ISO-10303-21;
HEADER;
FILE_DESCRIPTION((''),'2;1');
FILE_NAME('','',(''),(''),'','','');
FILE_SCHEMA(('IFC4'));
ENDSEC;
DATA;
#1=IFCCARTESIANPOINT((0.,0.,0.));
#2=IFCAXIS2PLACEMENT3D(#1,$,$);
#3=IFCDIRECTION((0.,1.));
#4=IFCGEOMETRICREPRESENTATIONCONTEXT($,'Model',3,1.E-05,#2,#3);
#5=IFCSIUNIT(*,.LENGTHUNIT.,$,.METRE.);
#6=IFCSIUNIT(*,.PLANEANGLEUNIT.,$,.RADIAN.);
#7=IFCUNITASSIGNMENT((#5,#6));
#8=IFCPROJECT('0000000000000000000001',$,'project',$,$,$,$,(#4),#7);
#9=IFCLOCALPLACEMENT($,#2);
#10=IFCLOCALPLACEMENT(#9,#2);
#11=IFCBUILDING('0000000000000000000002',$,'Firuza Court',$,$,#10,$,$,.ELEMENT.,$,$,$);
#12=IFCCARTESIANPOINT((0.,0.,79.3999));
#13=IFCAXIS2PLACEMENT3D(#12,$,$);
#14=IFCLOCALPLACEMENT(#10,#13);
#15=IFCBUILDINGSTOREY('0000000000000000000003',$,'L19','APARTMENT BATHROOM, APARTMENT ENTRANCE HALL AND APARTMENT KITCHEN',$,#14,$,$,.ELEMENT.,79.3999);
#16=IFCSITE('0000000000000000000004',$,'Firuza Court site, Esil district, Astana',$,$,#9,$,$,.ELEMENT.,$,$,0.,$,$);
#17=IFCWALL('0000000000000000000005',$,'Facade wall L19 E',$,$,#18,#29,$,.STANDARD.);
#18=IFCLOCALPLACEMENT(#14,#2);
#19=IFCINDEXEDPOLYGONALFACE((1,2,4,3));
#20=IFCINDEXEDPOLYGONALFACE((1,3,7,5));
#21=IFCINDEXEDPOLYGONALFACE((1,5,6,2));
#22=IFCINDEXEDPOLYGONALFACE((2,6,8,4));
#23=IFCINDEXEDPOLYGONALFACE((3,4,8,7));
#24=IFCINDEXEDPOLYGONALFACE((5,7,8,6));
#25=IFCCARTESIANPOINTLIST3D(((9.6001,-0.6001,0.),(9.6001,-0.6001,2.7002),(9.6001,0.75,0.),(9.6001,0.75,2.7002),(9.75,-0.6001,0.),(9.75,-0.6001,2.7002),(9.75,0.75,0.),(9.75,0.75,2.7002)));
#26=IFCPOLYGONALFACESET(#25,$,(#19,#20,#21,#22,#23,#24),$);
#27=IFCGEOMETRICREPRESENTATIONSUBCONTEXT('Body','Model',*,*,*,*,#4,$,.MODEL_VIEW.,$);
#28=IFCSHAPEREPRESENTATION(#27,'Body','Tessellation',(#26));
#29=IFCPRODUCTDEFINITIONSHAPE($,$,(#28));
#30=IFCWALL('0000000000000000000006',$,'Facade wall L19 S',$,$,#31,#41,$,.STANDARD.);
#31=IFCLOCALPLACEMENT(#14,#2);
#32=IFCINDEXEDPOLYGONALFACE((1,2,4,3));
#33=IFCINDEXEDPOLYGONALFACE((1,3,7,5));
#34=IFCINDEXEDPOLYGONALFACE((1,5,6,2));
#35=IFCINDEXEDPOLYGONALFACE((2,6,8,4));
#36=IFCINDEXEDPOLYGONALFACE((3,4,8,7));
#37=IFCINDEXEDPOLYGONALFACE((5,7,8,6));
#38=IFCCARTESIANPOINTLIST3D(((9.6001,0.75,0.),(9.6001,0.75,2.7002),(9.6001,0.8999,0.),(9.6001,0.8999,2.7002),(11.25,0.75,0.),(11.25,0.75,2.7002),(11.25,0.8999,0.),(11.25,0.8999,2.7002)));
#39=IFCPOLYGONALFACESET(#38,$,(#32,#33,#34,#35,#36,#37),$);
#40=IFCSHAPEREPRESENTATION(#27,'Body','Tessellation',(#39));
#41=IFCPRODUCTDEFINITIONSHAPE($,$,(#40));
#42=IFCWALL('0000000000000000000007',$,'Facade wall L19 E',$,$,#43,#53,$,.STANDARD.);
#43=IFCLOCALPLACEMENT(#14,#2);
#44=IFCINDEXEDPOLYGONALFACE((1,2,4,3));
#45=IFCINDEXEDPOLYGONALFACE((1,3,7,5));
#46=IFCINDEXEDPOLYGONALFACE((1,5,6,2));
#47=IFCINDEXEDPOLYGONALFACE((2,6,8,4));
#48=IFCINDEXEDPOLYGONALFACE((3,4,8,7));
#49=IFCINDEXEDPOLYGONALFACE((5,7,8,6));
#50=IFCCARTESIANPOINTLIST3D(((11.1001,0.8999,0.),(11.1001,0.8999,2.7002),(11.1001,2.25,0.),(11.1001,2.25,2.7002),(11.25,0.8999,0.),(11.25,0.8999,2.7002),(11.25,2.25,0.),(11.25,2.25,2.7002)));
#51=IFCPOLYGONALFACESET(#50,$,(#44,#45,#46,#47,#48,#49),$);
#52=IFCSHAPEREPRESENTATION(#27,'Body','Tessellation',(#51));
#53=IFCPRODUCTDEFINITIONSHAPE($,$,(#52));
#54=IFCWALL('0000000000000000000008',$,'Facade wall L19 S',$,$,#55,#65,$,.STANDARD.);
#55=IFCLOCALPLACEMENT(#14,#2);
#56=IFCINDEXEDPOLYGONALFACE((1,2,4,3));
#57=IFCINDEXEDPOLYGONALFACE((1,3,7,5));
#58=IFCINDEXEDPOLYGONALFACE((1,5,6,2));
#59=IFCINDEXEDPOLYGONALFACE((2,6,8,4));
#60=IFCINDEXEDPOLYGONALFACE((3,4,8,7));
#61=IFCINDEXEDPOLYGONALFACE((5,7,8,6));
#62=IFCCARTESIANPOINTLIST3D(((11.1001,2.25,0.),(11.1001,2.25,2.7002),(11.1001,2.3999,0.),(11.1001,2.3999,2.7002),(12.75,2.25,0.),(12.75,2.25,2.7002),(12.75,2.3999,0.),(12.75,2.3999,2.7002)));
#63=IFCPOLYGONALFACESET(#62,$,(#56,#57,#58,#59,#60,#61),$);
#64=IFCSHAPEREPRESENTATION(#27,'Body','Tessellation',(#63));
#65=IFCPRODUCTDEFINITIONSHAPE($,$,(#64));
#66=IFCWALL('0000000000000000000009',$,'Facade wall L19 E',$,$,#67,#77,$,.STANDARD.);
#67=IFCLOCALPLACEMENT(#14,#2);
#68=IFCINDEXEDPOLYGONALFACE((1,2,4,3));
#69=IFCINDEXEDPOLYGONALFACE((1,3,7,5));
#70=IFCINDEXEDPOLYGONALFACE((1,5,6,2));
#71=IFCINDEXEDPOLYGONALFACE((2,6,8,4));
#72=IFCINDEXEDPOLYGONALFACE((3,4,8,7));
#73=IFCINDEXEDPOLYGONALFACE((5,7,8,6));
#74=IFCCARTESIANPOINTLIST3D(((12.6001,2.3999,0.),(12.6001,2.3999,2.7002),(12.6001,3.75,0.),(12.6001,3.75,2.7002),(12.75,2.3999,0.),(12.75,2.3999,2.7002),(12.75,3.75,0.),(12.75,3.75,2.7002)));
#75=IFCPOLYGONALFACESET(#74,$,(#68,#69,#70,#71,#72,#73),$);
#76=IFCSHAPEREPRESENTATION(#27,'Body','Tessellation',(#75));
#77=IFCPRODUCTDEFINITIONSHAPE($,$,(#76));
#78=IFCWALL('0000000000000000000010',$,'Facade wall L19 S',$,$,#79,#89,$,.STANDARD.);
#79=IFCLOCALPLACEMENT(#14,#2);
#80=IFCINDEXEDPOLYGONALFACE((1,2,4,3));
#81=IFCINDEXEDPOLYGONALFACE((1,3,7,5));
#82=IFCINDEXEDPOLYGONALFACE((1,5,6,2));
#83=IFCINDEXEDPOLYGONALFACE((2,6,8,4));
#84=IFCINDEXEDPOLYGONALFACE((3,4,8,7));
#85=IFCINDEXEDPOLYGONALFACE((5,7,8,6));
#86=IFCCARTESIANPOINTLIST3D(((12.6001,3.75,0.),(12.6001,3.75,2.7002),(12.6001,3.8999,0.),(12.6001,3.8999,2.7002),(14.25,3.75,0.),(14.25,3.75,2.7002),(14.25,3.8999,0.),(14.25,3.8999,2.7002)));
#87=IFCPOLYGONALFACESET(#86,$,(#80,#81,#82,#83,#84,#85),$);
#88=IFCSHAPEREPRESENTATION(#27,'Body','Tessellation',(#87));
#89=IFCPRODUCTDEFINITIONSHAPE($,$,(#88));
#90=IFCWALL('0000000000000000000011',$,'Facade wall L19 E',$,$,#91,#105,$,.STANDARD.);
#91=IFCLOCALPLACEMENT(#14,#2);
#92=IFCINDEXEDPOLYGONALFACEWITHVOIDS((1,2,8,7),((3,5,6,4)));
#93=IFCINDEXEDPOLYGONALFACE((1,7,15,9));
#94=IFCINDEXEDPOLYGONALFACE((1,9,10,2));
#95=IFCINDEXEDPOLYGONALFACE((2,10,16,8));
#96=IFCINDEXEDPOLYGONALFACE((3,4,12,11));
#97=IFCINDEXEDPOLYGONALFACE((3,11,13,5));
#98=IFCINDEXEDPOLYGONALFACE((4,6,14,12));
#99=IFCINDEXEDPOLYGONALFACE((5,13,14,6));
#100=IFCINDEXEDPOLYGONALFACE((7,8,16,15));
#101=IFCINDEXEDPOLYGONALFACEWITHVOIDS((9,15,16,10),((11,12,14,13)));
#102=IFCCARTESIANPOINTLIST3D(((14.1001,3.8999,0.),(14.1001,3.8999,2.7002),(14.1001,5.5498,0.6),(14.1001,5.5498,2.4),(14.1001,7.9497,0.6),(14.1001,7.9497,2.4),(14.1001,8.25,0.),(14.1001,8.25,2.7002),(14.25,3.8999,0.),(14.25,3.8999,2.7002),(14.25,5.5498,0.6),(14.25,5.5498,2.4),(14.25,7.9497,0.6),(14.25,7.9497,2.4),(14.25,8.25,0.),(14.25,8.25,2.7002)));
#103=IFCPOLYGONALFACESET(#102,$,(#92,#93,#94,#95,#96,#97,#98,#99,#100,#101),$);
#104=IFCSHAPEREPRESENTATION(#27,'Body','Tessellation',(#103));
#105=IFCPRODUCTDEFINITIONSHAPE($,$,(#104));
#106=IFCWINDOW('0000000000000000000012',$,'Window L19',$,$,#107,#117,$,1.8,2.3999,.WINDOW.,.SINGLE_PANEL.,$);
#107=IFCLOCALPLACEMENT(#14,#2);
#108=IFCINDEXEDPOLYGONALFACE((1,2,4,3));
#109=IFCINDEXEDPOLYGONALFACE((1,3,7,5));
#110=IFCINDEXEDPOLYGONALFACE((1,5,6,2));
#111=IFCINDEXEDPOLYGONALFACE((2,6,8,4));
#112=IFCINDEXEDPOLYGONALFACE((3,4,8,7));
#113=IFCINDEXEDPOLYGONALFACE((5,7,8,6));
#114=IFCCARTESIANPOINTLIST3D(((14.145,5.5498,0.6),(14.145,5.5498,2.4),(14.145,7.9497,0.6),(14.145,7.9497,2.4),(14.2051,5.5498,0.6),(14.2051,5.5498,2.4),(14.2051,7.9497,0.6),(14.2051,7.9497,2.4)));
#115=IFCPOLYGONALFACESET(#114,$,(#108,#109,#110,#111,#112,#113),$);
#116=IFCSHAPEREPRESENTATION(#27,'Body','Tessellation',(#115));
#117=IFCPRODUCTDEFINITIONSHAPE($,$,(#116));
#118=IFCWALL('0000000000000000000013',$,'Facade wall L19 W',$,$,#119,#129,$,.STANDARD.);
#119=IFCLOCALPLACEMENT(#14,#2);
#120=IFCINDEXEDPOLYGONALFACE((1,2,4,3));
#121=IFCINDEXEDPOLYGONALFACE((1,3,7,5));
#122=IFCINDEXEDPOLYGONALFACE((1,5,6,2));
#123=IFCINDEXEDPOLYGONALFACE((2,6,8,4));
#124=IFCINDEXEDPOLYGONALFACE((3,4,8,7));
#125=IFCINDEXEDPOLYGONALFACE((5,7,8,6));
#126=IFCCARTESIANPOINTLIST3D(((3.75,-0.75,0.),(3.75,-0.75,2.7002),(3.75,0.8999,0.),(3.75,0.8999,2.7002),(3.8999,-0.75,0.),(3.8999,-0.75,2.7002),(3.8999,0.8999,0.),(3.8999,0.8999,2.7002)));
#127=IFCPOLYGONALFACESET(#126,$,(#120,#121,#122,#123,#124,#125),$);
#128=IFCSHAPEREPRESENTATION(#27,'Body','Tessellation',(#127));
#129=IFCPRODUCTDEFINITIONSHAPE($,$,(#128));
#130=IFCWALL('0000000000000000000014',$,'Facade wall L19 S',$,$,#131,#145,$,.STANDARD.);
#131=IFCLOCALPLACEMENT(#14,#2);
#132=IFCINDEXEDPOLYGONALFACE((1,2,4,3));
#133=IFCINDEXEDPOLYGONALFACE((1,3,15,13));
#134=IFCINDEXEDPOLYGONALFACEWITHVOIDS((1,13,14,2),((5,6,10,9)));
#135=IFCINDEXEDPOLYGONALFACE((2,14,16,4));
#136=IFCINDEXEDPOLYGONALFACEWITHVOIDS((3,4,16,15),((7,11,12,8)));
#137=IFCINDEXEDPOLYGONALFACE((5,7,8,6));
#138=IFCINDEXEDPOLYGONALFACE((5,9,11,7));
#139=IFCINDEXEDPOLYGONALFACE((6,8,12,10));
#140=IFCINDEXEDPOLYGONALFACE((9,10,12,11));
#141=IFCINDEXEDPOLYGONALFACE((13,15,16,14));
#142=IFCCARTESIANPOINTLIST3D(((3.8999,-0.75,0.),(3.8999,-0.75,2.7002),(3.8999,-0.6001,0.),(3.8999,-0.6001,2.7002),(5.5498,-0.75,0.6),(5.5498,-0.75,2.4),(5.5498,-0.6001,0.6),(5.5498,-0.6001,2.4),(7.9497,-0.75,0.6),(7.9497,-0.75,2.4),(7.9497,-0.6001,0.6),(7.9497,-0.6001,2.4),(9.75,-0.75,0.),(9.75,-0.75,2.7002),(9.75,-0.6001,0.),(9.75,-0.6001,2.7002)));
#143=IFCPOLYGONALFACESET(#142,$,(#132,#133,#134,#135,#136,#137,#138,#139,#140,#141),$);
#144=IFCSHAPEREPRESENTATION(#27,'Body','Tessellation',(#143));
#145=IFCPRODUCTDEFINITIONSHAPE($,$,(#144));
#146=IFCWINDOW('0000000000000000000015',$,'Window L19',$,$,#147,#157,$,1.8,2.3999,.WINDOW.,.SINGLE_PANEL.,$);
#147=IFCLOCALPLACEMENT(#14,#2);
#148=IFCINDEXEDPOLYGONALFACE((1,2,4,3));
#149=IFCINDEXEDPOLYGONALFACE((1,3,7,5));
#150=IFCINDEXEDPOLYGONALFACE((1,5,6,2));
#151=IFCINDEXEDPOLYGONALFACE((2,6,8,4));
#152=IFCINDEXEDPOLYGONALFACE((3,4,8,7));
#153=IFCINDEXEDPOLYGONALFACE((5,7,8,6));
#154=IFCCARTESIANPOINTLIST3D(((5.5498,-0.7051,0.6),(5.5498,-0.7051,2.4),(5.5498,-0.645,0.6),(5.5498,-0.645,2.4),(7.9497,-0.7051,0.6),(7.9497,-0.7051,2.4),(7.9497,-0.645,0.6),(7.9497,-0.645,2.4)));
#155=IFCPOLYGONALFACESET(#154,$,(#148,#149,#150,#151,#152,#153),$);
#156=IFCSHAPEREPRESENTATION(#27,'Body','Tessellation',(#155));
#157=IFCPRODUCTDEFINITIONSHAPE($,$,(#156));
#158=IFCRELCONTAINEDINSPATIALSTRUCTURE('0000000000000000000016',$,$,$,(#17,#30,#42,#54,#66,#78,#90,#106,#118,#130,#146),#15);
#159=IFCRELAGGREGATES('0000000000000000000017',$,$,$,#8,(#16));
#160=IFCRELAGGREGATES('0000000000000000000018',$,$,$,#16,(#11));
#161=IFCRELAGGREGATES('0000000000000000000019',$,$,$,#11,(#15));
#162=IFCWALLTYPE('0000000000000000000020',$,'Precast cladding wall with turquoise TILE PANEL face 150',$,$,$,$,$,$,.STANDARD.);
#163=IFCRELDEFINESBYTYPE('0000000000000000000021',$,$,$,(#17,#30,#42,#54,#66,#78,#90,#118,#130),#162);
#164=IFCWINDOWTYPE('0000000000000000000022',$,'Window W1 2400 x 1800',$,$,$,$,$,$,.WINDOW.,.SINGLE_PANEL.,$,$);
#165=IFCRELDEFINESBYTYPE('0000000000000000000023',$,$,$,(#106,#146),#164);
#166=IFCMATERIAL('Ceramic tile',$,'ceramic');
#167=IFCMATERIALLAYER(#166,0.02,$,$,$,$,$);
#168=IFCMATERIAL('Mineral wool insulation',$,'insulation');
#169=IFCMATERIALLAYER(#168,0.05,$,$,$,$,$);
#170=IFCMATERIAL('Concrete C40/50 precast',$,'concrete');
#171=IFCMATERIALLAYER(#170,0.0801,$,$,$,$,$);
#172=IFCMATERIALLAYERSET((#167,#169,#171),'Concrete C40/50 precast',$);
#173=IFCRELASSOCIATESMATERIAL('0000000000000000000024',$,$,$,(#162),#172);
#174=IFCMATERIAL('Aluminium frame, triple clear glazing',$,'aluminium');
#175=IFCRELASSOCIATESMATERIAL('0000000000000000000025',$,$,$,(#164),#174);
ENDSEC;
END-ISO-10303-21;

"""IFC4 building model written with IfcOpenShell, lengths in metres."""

from ifc_helpers import new_model, si_unit, direction, frame, frame_2d, origin, place, context, subcontext, project, spatial, rectangle, extrude, material, layer, layer_set, type_object, element, fill, save


model = new_model("IFC4")

# Units and contexts
model_context = context("Model", 3, precision=1e-05, world=origin(), true_north=direction((0.0, 1.0)))
body_context = subcontext(model_context, "Body", "Model", "MODEL_VIEW")
ifc_project = project(units=[si_unit("LENGTHUNIT", "METRE"), si_unit("PLANEANGLEUNIT", "RADIAN")], contexts=[model_context])

# Site, building, storey
site_placement = place(None, origin())
site = spatial("IfcSite", under=ifc_project, at=site_placement, Name="Firuza Court site, Esil district, Astana", CompositionType="ELEMENT", RefElevation=0.0)
building_placement = place(site_placement, origin())
building = spatial("IfcBuilding", under=site, at=building_placement, Name="Firuza Court", CompositionType="ELEMENT")
storey_placement = place(building_placement, frame((0.0, 0.0, 79.3999)))
storey = spatial("IfcBuildingStorey", under=building, at=storey_placement, Name="L19", Description="APARTMENT BATHROOM, APARTMENT ENTRANCE HALL AND APARTMENT KITCHEN", CompositionType="ELEMENT", Elevation=79.3999)

# Walls
ifc_material_1 = material(Name="Ceramic tile", Category="ceramic")
ifc_layer_1 = layer(ifc_material_1, 0.02)
ifc_material_2 = material(Name="Mineral wool insulation", Category="insulation")
ifc_layer_2 = layer(ifc_material_2, 0.05)
ifc_material_3 = material(Name="Concrete C40/50 precast", Category="concrete")
ifc_layer_3 = layer(ifc_material_3, 0.0801)
ifc_layer_set_1 = layer_set([ifc_layer_1, ifc_layer_2, ifc_layer_3], Name="Concrete C40/50 precast")
wall_type_1 = type_object("IfcWallType", Name="Precast cladding wall with turquoise TILE PANEL face 150", PredefinedType="STANDARD", material=ifc_layer_set_1)
wall_1_placement = place(storey_placement, frame((9.675, -0.6001, 0.0), z_axis=(0.0, 0.0, 1.0), x_axis=(0.0, 1.0, 0.0)))
element("IfcWall", 1, at=wall_1_placement, inside=storey, type_object=wall_type_1, Name="Facade wall L19 E", PredefinedType="STANDARD", context=body_context, shape_type="SweptSolid", body=[
    extrude(rectangle(XDim=1.3501, YDim=0.1499, at=frame_2d((0.675, 0.0))), origin(), (0.0, 0.0, 1.0), 2.7002),
])
wall_2_placement = place(storey_placement, frame((9.6001, 0.825, 0.0), z_axis=(0.0, 0.0, 1.0), x_axis=(1.0, 0.0, 0.0)))
element("IfcWall", 2, at=wall_2_placement, inside=storey, type_object=wall_type_1, Name="Facade wall L19 S", PredefinedType="STANDARD", context=body_context, shape_type="SweptSolid", body=[
    extrude(rectangle(XDim=1.6499, YDim=0.1499, at=frame_2d((0.825, 0.0))), origin(), (0.0, 0.0, 1.0), 2.7002),
])
wall_3_placement = place(storey_placement, frame((11.175, 0.8999, 0.0), z_axis=(0.0, 0.0, 1.0), x_axis=(0.0, 1.0, 0.0)))
element("IfcWall", 3, at=wall_3_placement, inside=storey, type_object=wall_type_1, Name="Facade wall L19 E", PredefinedType="STANDARD", context=body_context, shape_type="SweptSolid", body=[
    extrude(rectangle(XDim=1.3501, YDim=0.1499, at=frame_2d((0.675, 0.0))), origin(), (0.0, 0.0, 1.0), 2.7002),
])
wall_4_placement = place(storey_placement, frame((11.1001, 2.325, 0.0), z_axis=(0.0, 0.0, 1.0), x_axis=(1.0, 0.0, 0.0)))
element("IfcWall", 4, at=wall_4_placement, inside=storey, type_object=wall_type_1, Name="Facade wall L19 S", PredefinedType="STANDARD", context=body_context, shape_type="SweptSolid", body=[
    extrude(rectangle(XDim=1.6499, YDim=0.1499, at=frame_2d((0.825, 0.0))), origin(), (0.0, 0.0, 1.0), 2.7002),
])
wall_5_placement = place(storey_placement, frame((12.675, 2.3999, 0.0), z_axis=(0.0, 0.0, 1.0), x_axis=(0.0, 1.0, 0.0)))
element("IfcWall", 5, at=wall_5_placement, inside=storey, type_object=wall_type_1, Name="Facade wall L19 E", PredefinedType="STANDARD", context=body_context, shape_type="SweptSolid", body=[
    extrude(rectangle(XDim=1.3501, YDim=0.1499, at=frame_2d((0.675, 0.0))), origin(), (0.0, 0.0, 1.0), 2.7002),
])
wall_6_placement = place(storey_placement, frame((12.6001, 3.825, 0.0), z_axis=(0.0, 0.0, 1.0), x_axis=(1.0, 0.0, 0.0)))
element("IfcWall", 6, at=wall_6_placement, inside=storey, type_object=wall_type_1, Name="Facade wall L19 S", PredefinedType="STANDARD", context=body_context, shape_type="SweptSolid", body=[
    extrude(rectangle(XDim=1.6499, YDim=0.1499, at=frame_2d((0.825, 0.0))), origin(), (0.0, 0.0, 1.0), 2.7002),
])

# Wall, opening, window
wall_7_placement = place(storey_placement, frame((14.175, 3.8999, 0.0), z_axis=(0.0, 0.0, 1.0), x_axis=(0.0, 1.0, 0.0)))
wall_7 = element("IfcWall", 7, at=wall_7_placement, inside=storey, type_object=wall_type_1, Name="Facade wall L19 E", PredefinedType="STANDARD", context=body_context, shape_type="SweptSolid", body=[
    extrude(rectangle(XDim=4.3501, YDim=0.1499, at=frame_2d((2.175, 0.0))), origin(), (0.0, 0.0, 1.0), 2.7002),
])
opening_1_placement = place(wall_7_placement, frame((1.6499, 0.0, 0.6001)))
opening_1 = element("IfcOpeningElement", 8, at=opening_1_placement, cuts=wall_7, PredefinedType="OPENING", context=body_context, shape_type="SweptSolid", body=[
    extrude(rectangle(XDim=2.3999, YDim=1.8, at=frame_2d((1.2, 0.8999))), frame((0.0, 0.0869, 0.0), z_axis=(0.0, -1.0, 0.0), x_axis=(1.0, 0.0, 0.0)), (0.0, 0.0, 1.0), 0.1738),
])
ifc_material_4 = material(Name="Aluminium frame, triple clear glazing", Category="aluminium")
window_type = type_object("IfcWindowType", Name="Window W1 2400 x 1800", PartitioningType="SINGLE_PANEL", PredefinedType="WINDOW", material=ifc_material_4)
window_1_placement = place(opening_1_placement, origin())
window_1 = element("IfcWindow", 9, at=window_1_placement, inside=storey, type_object=window_type, Name="Window L19", OverallHeight=1.8, OverallWidth=2.3999, PartitioningType="SINGLE_PANEL", PredefinedType="WINDOW", context=body_context, shape_type="SweptSolid", body=[
    extrude(rectangle(XDim=2.3999, YDim=1.8, at=frame_2d((1.2, 0.8999))), frame((0.0, 0.03, 0.0), z_axis=(0.0, -1.0, 0.0), x_axis=(1.0, 0.0, 0.0)), (0.0, 0.0, 1.0), 0.0601),
])
fill(opening_1, window_1)

# Wall
wall_8_placement = place(storey_placement, frame((3.825, 0.8999, 0.0), z_axis=(0.0, 0.0, 1.0), x_axis=(0.0, -1.0, 0.0)))
element("IfcWall", 10, at=wall_8_placement, inside=storey, type_object=wall_type_1, Name="Facade wall L19 W", PredefinedType="STANDARD", context=body_context, shape_type="SweptSolid", body=[
    extrude(rectangle(XDim=1.6499, YDim=0.1499, at=frame_2d((0.825, 0.0))), origin(), (0.0, 0.0, 1.0), 2.7002),
])

# Wall, opening, window
wall_9_placement = place(storey_placement, frame((3.8999, -0.675, 0.0), z_axis=(0.0, 0.0, 1.0), x_axis=(1.0, 0.0, 0.0)))
wall_9 = element("IfcWall", 11, at=wall_9_placement, inside=storey, type_object=wall_type_1, Name="Facade wall L19 S", PredefinedType="STANDARD", context=body_context, shape_type="SweptSolid", body=[
    extrude(rectangle(XDim=5.8501, YDim=0.1499, at=frame_2d((2.925, 0.0))), origin(), (0.0, 0.0, 1.0), 2.7002),
])
opening_2_placement = place(wall_9_placement, frame((1.6499, 0.0, 0.6001)))
opening_2 = element("IfcOpeningElement", 12, at=opening_2_placement, cuts=wall_9, PredefinedType="OPENING", context=body_context, shape_type="SweptSolid", body=[
    extrude(rectangle(XDim=2.3999, YDim=1.8, at=frame_2d((1.2, 0.8999))), frame((0.0, 0.0869, 0.0), z_axis=(0.0, -1.0, 0.0), x_axis=(1.0, 0.0, 0.0)), (0.0, 0.0, 1.0), 0.1738),
])
window_2_placement = place(opening_2_placement, origin())
window_2 = element("IfcWindow", 13, at=window_2_placement, inside=storey, type_object=window_type, Name="Window L19", OverallHeight=1.8, OverallWidth=2.3999, PartitioningType="SINGLE_PANEL", PredefinedType="WINDOW", context=body_context, shape_type="SweptSolid", body=[
    extrude(rectangle(XDim=2.3999, YDim=1.8, at=frame_2d((1.2, 0.8999))), frame((0.0, 0.03, 0.0), z_axis=(0.0, -1.0, 0.0), x_axis=(1.0, 0.0, 0.0)), (0.0, 0.0, 1.0), 0.0601),
])
fill(opening_2, window_2)

save(model, "model.ifc")
